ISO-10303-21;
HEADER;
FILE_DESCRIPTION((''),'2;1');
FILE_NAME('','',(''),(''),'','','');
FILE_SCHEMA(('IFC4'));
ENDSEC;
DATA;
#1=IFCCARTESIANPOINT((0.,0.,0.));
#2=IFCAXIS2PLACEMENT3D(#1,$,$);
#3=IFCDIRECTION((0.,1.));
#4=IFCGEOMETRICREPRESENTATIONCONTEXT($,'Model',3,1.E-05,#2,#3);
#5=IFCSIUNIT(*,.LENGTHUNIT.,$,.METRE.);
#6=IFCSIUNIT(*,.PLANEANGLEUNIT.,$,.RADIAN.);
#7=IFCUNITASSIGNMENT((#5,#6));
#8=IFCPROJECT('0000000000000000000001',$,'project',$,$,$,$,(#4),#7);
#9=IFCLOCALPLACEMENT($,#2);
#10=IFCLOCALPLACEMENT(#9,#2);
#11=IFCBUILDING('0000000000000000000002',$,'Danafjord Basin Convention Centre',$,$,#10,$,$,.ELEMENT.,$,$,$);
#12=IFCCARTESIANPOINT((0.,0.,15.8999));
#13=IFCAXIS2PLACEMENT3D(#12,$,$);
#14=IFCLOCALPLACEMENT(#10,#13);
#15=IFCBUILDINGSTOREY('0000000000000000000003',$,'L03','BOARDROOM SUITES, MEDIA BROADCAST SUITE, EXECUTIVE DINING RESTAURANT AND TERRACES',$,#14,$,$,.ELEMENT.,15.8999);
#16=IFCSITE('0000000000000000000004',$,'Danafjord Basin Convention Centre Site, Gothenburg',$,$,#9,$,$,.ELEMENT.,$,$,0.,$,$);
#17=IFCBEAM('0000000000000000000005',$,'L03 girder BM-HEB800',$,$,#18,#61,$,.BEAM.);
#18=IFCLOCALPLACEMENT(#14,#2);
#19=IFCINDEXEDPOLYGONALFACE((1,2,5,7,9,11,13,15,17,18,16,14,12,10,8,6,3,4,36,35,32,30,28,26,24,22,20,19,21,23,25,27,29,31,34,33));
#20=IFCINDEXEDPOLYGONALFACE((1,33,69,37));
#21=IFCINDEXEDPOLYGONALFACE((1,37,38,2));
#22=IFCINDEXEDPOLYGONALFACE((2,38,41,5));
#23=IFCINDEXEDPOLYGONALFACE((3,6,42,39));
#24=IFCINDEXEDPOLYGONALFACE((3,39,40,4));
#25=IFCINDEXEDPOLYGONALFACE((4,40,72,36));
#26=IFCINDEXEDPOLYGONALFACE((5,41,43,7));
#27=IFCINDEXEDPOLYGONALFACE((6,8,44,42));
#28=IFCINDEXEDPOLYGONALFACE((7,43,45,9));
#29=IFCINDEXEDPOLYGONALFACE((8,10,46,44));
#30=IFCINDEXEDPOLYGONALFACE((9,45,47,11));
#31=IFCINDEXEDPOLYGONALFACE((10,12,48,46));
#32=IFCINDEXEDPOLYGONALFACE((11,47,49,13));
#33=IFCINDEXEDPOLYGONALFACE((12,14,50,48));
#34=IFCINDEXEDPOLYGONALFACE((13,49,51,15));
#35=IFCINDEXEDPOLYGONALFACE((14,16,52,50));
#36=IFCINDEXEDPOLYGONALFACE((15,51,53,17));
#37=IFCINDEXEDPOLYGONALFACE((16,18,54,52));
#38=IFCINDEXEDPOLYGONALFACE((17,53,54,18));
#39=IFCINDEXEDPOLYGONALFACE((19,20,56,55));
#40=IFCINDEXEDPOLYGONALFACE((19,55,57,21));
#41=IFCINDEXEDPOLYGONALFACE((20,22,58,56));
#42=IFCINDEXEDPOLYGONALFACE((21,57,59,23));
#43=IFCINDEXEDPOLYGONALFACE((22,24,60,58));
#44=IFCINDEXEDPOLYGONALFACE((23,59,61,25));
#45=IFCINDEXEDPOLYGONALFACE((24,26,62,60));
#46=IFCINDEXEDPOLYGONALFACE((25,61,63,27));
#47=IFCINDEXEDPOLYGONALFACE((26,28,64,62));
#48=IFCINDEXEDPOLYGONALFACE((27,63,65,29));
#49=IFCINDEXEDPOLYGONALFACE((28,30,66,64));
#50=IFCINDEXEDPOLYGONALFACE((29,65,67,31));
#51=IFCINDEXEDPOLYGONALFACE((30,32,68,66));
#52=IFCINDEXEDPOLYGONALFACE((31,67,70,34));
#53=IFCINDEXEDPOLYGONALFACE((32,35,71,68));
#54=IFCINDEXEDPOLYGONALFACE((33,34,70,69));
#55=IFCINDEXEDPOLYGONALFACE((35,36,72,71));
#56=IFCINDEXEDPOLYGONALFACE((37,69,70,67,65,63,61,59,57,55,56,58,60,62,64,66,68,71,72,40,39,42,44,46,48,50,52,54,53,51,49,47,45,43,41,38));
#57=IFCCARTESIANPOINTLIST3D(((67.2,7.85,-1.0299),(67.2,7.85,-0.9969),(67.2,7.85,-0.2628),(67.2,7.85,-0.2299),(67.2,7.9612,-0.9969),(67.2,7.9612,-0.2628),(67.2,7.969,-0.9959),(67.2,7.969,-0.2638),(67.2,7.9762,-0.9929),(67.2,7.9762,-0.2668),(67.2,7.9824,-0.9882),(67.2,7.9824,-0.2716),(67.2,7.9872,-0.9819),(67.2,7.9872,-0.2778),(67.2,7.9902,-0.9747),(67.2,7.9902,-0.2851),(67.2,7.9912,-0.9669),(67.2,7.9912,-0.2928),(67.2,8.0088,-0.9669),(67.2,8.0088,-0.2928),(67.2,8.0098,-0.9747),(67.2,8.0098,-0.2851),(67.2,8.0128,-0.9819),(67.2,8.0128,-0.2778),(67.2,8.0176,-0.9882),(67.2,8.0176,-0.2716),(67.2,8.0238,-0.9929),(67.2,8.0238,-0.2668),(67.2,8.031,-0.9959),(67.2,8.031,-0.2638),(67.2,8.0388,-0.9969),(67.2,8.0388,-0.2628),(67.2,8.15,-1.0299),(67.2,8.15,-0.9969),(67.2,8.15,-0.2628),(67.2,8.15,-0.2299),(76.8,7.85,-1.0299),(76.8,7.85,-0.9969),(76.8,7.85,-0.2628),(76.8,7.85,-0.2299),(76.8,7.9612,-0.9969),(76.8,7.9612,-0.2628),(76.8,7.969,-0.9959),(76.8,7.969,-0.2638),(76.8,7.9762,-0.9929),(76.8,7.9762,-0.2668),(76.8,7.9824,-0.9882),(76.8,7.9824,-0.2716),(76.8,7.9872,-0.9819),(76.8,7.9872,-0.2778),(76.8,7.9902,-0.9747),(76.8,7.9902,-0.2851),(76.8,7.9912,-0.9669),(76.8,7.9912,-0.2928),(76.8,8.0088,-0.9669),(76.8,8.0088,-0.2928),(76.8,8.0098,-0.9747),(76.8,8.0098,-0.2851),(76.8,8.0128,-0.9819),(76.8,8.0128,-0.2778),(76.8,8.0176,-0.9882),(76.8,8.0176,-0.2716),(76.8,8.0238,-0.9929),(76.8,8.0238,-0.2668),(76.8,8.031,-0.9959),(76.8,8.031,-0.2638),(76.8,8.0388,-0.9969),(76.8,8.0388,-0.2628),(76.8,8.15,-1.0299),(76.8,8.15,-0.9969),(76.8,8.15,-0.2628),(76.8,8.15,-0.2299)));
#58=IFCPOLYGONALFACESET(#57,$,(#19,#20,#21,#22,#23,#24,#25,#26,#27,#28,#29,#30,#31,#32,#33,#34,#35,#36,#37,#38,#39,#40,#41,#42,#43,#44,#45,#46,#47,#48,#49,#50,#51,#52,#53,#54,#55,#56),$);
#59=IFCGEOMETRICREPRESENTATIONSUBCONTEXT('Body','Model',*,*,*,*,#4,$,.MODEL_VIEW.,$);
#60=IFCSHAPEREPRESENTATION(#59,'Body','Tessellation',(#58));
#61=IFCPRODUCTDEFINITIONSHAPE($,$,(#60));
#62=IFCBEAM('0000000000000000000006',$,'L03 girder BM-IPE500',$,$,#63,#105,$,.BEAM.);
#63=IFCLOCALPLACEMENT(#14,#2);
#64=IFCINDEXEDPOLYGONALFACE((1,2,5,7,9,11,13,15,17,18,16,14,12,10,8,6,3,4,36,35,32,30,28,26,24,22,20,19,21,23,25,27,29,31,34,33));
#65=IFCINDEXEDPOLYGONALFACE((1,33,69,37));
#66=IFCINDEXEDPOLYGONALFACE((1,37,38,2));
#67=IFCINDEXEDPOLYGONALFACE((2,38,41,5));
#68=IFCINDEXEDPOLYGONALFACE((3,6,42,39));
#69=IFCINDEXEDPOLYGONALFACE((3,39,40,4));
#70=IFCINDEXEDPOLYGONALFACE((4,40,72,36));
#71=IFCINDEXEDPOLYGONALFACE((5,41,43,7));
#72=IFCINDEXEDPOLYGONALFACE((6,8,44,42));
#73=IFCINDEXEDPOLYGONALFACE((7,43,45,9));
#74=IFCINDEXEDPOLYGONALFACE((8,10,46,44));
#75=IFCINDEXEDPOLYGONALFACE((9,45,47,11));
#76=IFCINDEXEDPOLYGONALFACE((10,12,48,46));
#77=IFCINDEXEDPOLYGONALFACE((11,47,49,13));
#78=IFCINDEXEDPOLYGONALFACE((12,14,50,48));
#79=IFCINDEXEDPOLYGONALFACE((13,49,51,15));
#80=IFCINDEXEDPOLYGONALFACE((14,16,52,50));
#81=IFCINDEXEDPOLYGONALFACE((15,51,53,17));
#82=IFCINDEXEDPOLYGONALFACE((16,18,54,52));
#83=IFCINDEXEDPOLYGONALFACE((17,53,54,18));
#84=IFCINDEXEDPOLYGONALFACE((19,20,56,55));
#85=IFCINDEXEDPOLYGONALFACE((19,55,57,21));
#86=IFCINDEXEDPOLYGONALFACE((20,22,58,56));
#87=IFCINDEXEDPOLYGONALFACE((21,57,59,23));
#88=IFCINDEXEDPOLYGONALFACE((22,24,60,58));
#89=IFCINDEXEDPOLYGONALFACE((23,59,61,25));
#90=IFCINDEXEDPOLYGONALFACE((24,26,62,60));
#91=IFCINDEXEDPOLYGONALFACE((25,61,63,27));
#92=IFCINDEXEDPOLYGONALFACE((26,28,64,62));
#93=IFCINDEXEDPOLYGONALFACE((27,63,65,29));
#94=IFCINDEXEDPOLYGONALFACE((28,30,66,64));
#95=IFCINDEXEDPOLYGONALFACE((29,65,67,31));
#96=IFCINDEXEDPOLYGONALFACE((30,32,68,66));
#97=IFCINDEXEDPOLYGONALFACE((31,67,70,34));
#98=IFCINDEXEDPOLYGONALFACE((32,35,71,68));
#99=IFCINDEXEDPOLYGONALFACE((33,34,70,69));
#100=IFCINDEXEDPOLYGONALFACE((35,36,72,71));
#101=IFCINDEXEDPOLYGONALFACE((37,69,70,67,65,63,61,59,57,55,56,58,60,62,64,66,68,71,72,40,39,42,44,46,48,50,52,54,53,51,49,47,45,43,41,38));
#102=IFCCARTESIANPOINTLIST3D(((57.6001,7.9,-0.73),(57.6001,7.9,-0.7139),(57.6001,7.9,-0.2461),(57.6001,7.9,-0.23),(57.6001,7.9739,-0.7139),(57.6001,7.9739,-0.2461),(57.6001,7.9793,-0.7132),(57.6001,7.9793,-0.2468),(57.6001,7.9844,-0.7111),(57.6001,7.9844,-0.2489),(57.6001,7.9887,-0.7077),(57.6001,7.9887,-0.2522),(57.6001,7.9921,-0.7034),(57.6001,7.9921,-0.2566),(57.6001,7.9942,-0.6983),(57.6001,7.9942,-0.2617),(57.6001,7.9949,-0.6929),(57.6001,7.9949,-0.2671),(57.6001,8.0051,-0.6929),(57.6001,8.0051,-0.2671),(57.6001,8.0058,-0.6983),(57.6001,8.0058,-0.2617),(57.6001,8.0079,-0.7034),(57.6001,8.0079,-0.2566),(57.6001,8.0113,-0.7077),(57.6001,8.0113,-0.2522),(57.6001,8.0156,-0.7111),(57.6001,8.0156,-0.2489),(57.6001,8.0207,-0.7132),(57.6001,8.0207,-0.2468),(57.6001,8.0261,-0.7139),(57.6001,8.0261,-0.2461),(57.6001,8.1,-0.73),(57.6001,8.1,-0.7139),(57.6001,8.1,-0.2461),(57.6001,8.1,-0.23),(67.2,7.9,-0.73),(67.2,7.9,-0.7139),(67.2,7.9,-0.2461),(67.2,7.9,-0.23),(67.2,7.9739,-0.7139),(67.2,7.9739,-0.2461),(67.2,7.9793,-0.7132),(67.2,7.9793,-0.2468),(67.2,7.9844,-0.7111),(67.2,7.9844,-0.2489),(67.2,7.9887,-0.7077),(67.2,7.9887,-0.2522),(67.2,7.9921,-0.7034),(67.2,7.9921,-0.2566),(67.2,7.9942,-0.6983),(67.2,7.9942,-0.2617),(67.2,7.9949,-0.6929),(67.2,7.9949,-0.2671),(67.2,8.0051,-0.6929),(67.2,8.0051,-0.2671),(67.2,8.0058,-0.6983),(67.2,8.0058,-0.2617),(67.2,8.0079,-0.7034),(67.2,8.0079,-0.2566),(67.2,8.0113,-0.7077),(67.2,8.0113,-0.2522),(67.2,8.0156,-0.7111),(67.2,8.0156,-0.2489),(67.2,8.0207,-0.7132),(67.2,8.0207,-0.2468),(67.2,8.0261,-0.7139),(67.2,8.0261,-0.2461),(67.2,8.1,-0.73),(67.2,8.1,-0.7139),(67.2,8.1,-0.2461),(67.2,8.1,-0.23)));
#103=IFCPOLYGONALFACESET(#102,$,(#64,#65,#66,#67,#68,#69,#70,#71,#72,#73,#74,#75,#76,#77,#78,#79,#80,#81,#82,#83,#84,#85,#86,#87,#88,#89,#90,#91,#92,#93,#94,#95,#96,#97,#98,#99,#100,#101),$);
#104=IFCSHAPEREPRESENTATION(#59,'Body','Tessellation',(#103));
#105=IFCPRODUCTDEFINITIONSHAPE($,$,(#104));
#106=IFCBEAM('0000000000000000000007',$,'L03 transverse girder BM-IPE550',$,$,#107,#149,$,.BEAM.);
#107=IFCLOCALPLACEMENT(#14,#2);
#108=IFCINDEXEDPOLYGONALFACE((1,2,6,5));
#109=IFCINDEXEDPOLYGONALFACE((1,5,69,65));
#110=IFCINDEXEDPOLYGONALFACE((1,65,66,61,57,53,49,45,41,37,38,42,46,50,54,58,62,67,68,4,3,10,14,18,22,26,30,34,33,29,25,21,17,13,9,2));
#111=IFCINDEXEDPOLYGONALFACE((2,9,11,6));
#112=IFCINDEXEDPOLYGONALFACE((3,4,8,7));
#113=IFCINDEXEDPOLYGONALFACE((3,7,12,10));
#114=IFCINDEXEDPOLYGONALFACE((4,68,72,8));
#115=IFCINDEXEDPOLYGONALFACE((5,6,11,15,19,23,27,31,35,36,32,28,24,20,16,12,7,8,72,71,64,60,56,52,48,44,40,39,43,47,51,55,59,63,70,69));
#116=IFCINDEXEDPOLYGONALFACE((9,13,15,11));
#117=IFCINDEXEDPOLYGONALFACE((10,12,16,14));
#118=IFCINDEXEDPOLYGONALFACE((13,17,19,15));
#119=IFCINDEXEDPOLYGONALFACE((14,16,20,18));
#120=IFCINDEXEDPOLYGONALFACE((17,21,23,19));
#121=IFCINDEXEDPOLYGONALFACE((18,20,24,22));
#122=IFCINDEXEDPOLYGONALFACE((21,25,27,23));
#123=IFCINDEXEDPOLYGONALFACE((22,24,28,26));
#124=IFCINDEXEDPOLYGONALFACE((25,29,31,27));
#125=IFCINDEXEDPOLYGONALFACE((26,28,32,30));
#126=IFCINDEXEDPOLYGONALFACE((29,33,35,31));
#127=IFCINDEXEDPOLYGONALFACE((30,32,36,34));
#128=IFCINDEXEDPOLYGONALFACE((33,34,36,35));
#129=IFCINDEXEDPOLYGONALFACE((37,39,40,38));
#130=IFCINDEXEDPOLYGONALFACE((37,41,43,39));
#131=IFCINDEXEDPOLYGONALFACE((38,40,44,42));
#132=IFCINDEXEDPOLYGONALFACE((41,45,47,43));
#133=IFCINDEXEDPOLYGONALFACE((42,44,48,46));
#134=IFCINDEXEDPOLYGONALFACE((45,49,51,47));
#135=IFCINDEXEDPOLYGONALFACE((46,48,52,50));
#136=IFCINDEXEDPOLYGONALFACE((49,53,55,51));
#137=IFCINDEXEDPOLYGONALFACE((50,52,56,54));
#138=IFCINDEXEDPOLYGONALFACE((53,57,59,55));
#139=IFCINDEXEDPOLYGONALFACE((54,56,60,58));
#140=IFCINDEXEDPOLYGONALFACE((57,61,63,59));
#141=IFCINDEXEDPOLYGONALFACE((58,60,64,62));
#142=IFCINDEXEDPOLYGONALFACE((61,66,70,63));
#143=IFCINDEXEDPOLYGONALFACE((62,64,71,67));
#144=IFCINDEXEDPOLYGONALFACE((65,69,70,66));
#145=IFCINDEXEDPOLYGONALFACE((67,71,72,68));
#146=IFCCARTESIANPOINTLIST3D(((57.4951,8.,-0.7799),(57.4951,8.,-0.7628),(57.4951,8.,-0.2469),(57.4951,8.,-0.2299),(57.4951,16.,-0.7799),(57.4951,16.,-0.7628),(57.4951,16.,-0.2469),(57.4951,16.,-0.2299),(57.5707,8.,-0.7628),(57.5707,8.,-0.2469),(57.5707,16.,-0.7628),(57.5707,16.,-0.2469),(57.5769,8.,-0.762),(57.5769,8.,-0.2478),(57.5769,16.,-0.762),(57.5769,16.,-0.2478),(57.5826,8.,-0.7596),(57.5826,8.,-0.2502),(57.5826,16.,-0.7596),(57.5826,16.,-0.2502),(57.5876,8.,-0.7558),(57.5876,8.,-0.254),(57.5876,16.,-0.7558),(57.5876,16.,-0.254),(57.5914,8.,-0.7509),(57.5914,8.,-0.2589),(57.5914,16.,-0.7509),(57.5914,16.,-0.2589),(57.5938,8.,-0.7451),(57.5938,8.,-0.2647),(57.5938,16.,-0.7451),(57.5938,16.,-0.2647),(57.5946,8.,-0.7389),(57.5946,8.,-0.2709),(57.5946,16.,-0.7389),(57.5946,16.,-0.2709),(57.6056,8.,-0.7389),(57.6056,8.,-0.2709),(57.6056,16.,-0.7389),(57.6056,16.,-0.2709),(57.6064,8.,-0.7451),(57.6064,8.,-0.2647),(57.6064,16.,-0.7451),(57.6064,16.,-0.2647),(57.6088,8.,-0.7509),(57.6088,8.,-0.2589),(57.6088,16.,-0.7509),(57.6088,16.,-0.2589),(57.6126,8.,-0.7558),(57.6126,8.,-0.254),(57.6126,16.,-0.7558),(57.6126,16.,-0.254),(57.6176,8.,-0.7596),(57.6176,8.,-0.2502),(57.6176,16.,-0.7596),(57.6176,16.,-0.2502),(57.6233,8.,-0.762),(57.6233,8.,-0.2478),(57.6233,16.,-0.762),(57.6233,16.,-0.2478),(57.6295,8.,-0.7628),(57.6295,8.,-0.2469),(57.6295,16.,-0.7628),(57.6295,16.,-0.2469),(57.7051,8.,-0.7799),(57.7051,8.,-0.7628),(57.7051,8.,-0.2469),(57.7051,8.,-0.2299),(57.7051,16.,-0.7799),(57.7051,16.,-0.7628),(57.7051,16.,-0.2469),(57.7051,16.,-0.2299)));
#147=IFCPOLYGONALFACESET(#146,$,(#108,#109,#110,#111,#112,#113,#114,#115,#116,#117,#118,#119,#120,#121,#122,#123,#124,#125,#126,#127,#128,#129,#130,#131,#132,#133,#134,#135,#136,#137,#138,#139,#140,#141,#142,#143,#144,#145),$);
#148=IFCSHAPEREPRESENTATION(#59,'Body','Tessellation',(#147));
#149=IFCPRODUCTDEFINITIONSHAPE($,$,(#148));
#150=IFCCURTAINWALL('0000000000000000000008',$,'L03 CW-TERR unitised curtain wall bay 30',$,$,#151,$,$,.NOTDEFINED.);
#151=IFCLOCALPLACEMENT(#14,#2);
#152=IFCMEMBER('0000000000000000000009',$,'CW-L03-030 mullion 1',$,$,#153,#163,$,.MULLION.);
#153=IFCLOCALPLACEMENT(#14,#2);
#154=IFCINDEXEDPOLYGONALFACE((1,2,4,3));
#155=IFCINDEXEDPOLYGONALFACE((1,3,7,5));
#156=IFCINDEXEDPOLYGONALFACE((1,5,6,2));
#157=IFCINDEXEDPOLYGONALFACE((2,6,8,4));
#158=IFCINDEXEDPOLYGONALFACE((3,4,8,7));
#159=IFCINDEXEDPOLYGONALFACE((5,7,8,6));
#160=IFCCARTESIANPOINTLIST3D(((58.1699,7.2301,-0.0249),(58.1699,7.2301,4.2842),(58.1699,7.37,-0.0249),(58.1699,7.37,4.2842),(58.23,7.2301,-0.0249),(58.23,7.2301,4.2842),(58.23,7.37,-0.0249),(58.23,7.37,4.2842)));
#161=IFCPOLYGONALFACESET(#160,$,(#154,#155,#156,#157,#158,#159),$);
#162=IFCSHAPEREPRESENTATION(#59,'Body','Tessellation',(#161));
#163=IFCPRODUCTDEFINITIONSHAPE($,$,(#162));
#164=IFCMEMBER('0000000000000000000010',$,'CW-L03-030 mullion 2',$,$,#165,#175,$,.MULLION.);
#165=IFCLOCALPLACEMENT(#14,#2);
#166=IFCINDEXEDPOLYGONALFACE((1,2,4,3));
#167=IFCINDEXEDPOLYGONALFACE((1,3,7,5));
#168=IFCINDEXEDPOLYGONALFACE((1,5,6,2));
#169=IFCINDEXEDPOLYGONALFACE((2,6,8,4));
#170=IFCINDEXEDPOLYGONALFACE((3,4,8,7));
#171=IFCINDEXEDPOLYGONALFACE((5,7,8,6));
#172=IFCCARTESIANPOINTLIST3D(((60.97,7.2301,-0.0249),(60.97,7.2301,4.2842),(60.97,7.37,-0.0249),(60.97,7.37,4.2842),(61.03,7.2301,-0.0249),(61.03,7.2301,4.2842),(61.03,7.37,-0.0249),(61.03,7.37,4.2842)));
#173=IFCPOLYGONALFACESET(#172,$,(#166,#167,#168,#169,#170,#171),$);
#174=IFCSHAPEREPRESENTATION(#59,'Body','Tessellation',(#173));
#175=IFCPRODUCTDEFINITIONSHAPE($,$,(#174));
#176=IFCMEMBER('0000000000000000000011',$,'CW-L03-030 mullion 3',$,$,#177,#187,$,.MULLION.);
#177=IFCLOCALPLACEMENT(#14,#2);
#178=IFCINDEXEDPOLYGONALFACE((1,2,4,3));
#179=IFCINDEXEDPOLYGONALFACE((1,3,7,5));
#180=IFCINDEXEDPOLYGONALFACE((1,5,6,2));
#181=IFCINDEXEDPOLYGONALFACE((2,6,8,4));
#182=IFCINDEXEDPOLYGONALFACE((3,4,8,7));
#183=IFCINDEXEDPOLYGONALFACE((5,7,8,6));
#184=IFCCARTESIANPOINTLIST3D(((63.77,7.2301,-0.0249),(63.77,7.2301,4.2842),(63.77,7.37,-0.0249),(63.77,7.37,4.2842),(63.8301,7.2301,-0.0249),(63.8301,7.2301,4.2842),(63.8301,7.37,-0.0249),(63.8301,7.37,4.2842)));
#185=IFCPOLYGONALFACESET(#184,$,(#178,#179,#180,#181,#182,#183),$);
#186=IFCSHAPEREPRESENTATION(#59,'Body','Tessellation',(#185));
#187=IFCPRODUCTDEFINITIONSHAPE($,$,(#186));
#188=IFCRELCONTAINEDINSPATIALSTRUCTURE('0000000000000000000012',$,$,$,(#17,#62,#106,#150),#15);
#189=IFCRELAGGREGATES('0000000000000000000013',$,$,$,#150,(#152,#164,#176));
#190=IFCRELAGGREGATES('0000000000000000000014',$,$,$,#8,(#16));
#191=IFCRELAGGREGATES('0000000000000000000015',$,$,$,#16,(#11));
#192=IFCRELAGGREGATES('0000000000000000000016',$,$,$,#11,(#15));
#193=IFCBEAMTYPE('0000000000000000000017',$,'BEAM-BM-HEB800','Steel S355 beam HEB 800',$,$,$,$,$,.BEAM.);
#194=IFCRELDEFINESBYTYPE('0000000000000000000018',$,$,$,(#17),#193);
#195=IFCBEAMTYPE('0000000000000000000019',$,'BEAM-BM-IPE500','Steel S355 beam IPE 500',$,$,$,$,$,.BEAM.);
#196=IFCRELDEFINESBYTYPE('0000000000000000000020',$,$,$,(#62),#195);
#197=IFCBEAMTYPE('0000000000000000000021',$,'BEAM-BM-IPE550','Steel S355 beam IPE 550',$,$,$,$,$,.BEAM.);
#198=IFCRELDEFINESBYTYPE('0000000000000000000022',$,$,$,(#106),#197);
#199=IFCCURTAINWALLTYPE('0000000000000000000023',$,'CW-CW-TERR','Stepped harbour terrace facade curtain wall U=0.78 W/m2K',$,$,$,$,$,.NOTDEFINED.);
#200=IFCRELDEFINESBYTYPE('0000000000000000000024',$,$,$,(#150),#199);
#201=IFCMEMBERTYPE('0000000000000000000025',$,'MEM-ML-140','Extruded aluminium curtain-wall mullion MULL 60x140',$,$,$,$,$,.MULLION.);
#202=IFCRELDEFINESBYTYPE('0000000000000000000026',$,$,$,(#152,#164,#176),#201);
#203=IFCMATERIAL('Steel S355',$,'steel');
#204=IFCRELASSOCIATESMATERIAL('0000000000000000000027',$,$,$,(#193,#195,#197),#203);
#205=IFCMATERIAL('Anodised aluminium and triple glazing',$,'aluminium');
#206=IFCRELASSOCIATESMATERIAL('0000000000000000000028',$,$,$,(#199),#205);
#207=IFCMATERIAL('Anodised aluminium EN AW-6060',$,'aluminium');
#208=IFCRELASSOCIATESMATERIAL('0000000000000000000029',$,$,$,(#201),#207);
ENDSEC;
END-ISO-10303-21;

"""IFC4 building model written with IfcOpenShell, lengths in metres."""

from ifc_helpers import new_model, si_unit, direction, frame, origin, origin_2d, place, context, subcontext, project, spatial, rectangle, i_section, extrude, material, material_profile, profile_set, type_object, element, aggregate, save


model = new_model("IFC4")

# Units and contexts
model_context = context("Model", 3, precision=1e-05, world=origin(), true_north=direction((0.0, 1.0)))
body_context = subcontext(model_context, "Body", "Model", "MODEL_VIEW")
ifc_project = project(units=[si_unit("LENGTHUNIT", "METRE"), si_unit("PLANEANGLEUNIT", "RADIAN")], contexts=[model_context])

# Site, building, storey
site_placement = place(None, origin())
site = spatial("IfcSite", under=ifc_project, at=site_placement, Name="Danafjord Basin Convention Centre Site, Gothenburg", CompositionType="ELEMENT", RefElevation=0.0)
building_placement = place(site_placement, origin())
building = spatial("IfcBuilding", under=site, at=building_placement, Name="Danafjord Basin Convention Centre", CompositionType="ELEMENT")
storey_placement = place(building_placement, frame((0.0, 0.0, 15.8999)))
storey = spatial("IfcBuildingStorey", under=building, at=storey_placement, Name="L03", Description="BOARDROOM SUITES, MEDIA BROADCAST SUITE, EXECUTIVE DINING RESTAURANT AND TERRACES", CompositionType="ELEMENT", Elevation=15.8999)

# Shared definitions
ifc_material_1 = material(Name="Steel S355", Category="steel")

# Beams
ifc_material_profile_1 = material_profile(ifc_material_1, i_section(OverallWidth=0.3, OverallDepth=0.8, WebThickness=0.0176, FlangeThickness=0.033, FilletRadius=0.03, at=origin_2d()), Name="HEB 800")
ifc_profile_set_1 = profile_set([ifc_material_profile_1], Name="Steel S355")
beam_type_1 = type_object("IfcBeamType", Name="BEAM-BM-HEB800", Description="Steel S355 beam HEB 800", PredefinedType="BEAM", material=ifc_profile_set_1)
beam_1_placement = place(storey_placement, frame((67.2, 8.0, -0.6299), z_axis=(1.0, 0.0, 0.0), x_axis=(0.0, 1.0, 0.0)))
element("IfcBeam", 1, at=beam_1_placement, inside=storey, type_object=beam_type_1, Name="L03 girder BM-HEB800", PredefinedType="BEAM", context=body_context, shape_type="SweptSolid", body=[
    extrude(i_section(OverallWidth=0.3, OverallDepth=0.8, WebThickness=0.0176, FlangeThickness=0.033, FilletRadius=0.03, at=origin_2d()), origin(), (0.0, 0.0, 1.0), 9.6001),
])
ifc_material_profile_2 = material_profile(ifc_material_1, i_section(OverallWidth=0.2, OverallDepth=0.5, WebThickness=0.0103, FlangeThickness=0.0161, FilletRadius=0.021, at=origin_2d()), Name="IPE 500")
ifc_profile_set_2 = profile_set([ifc_material_profile_2], Name="Steel S355")
beam_type_2 = type_object("IfcBeamType", Name="BEAM-BM-IPE500", Description="Steel S355 beam IPE 500", PredefinedType="BEAM", material=ifc_profile_set_2)
beam_2_placement = place(storey_placement, frame((57.6001, 8.0, -0.48), z_axis=(1.0, 0.0, 0.0), x_axis=(0.0, 1.0, 0.0)))
element("IfcBeam", 2, at=beam_2_placement, inside=storey, type_object=beam_type_2, Name="L03 girder BM-IPE500", PredefinedType="BEAM", context=body_context, shape_type="SweptSolid", body=[
    extrude(i_section(OverallWidth=0.2, OverallDepth=0.5, WebThickness=0.0103, FlangeThickness=0.0161, FilletRadius=0.021, at=origin_2d()), origin(), (0.0, 0.0, 1.0), 9.5999),
])
ifc_material_profile_3 = material_profile(ifc_material_1, i_section(OverallWidth=0.21, OverallDepth=0.55, WebThickness=0.011, FlangeThickness=0.0171, FilletRadius=0.0239, at=origin_2d()), Name="IPE 550")
ifc_profile_set_3 = profile_set([ifc_material_profile_3], Name="Steel S355")
beam_type_3 = type_object("IfcBeamType", Name="BEAM-BM-IPE550", Description="Steel S355 beam IPE 550", PredefinedType="BEAM", material=ifc_profile_set_3)
beam_3_placement = place(storey_placement, frame((57.6001, 8.0, -0.5049), z_axis=(0.0, 1.0, 0.0), x_axis=(-1.0, 0.0, 0.0)))
element("IfcBeam", 3, at=beam_3_placement, inside=storey, type_object=beam_type_3, Name="L03 transverse girder BM-IPE550", PredefinedType="BEAM", context=body_context, shape_type="SweptSolid", body=[
    extrude(i_section(OverallWidth=0.21, OverallDepth=0.55, WebThickness=0.011, FlangeThickness=0.0171, FilletRadius=0.0239, at=origin_2d()), origin(), (0.0, 0.0, 1.0), 8.0),
])

# Curtain wall, members
ifc_material_2 = material(Name="Anodised aluminium and triple glazing", Category="aluminium")
curtain_wall_type = type_object("IfcCurtainWallType", Name="CW-CW-TERR", Description="Stepped harbour terrace facade curtain wall U=0.78 W/m2K", PredefinedType="NOTDEFINED", material=ifc_material_2)
curtain_wall_placement = place(storey_placement, origin())
curtain_wall = element("IfcCurtainWall", 4, at=curtain_wall_placement, inside=storey, type_object=curtain_wall_type, Name="L03 CW-TERR unitised curtain wall bay 30", PredefinedType="NOTDEFINED")
ifc_material_3 = material(Name="Anodised aluminium EN AW-6060", Category="aluminium")
ifc_material_profile_4 = material_profile(ifc_material_3, rectangle(XDim=0.0601, YDim=0.1399, at=origin_2d()), Name="MULL 60x140")
ifc_profile_set_4 = profile_set([ifc_material_profile_4], Name="Anodised aluminium EN AW-6060")
member_type_1 = type_object("IfcMemberType", Name="MEM-ML-140", Description="Extruded aluminium curtain-wall mullion MULL 60x140", PredefinedType="MULLION", material=ifc_profile_set_4)
member_1_placement = place(storey_placement, frame((58.2, 7.3, -0.0249), z_axis=(0.0, 0.0, 1.0), x_axis=(1.0, 0.0, 0.0)))
member_1 = element("IfcMember", 5, at=member_1_placement, type_object=member_type_1, Name="CW-L03-030 mullion 1", PredefinedType="MULLION", context=body_context, shape_type="SweptSolid", body=[
    extrude(rectangle(XDim=0.0601, YDim=0.1399, at=origin_2d()), origin(), (0.0, 0.0, 1.0), 4.3091),
])
member_2_placement = place(storey_placement, frame((61.0, 7.3, -0.0249), z_axis=(0.0, 0.0, 1.0), x_axis=(1.0, 0.0, 0.0)))
member_2 = element("IfcMember", 6, at=member_2_placement, type_object=member_type_1, Name="CW-L03-030 mullion 2", PredefinedType="MULLION", context=body_context, shape_type="SweptSolid", body=[
    extrude(rectangle(XDim=0.0601, YDim=0.1399, at=origin_2d()), origin(), (0.0, 0.0, 1.0), 4.3091),
])
member_3_placement = place(storey_placement, frame((63.8, 7.3, -0.0249), z_axis=(0.0, 0.0, 1.0), x_axis=(1.0, 0.0, 0.0)))
member_3 = element("IfcMember", 7, at=member_3_placement, type_object=member_type_1, Name="CW-L03-030 mullion 3", PredefinedType="MULLION", context=body_context, shape_type="SweptSolid", body=[
    extrude(rectangle(XDim=0.0601, YDim=0.1399, at=origin_2d()), origin(), (0.0, 0.0, 1.0), 4.3091),
])
aggregate(curtain_wall, [member_1, member_2, member_3])

save(model, "model.ifc")
